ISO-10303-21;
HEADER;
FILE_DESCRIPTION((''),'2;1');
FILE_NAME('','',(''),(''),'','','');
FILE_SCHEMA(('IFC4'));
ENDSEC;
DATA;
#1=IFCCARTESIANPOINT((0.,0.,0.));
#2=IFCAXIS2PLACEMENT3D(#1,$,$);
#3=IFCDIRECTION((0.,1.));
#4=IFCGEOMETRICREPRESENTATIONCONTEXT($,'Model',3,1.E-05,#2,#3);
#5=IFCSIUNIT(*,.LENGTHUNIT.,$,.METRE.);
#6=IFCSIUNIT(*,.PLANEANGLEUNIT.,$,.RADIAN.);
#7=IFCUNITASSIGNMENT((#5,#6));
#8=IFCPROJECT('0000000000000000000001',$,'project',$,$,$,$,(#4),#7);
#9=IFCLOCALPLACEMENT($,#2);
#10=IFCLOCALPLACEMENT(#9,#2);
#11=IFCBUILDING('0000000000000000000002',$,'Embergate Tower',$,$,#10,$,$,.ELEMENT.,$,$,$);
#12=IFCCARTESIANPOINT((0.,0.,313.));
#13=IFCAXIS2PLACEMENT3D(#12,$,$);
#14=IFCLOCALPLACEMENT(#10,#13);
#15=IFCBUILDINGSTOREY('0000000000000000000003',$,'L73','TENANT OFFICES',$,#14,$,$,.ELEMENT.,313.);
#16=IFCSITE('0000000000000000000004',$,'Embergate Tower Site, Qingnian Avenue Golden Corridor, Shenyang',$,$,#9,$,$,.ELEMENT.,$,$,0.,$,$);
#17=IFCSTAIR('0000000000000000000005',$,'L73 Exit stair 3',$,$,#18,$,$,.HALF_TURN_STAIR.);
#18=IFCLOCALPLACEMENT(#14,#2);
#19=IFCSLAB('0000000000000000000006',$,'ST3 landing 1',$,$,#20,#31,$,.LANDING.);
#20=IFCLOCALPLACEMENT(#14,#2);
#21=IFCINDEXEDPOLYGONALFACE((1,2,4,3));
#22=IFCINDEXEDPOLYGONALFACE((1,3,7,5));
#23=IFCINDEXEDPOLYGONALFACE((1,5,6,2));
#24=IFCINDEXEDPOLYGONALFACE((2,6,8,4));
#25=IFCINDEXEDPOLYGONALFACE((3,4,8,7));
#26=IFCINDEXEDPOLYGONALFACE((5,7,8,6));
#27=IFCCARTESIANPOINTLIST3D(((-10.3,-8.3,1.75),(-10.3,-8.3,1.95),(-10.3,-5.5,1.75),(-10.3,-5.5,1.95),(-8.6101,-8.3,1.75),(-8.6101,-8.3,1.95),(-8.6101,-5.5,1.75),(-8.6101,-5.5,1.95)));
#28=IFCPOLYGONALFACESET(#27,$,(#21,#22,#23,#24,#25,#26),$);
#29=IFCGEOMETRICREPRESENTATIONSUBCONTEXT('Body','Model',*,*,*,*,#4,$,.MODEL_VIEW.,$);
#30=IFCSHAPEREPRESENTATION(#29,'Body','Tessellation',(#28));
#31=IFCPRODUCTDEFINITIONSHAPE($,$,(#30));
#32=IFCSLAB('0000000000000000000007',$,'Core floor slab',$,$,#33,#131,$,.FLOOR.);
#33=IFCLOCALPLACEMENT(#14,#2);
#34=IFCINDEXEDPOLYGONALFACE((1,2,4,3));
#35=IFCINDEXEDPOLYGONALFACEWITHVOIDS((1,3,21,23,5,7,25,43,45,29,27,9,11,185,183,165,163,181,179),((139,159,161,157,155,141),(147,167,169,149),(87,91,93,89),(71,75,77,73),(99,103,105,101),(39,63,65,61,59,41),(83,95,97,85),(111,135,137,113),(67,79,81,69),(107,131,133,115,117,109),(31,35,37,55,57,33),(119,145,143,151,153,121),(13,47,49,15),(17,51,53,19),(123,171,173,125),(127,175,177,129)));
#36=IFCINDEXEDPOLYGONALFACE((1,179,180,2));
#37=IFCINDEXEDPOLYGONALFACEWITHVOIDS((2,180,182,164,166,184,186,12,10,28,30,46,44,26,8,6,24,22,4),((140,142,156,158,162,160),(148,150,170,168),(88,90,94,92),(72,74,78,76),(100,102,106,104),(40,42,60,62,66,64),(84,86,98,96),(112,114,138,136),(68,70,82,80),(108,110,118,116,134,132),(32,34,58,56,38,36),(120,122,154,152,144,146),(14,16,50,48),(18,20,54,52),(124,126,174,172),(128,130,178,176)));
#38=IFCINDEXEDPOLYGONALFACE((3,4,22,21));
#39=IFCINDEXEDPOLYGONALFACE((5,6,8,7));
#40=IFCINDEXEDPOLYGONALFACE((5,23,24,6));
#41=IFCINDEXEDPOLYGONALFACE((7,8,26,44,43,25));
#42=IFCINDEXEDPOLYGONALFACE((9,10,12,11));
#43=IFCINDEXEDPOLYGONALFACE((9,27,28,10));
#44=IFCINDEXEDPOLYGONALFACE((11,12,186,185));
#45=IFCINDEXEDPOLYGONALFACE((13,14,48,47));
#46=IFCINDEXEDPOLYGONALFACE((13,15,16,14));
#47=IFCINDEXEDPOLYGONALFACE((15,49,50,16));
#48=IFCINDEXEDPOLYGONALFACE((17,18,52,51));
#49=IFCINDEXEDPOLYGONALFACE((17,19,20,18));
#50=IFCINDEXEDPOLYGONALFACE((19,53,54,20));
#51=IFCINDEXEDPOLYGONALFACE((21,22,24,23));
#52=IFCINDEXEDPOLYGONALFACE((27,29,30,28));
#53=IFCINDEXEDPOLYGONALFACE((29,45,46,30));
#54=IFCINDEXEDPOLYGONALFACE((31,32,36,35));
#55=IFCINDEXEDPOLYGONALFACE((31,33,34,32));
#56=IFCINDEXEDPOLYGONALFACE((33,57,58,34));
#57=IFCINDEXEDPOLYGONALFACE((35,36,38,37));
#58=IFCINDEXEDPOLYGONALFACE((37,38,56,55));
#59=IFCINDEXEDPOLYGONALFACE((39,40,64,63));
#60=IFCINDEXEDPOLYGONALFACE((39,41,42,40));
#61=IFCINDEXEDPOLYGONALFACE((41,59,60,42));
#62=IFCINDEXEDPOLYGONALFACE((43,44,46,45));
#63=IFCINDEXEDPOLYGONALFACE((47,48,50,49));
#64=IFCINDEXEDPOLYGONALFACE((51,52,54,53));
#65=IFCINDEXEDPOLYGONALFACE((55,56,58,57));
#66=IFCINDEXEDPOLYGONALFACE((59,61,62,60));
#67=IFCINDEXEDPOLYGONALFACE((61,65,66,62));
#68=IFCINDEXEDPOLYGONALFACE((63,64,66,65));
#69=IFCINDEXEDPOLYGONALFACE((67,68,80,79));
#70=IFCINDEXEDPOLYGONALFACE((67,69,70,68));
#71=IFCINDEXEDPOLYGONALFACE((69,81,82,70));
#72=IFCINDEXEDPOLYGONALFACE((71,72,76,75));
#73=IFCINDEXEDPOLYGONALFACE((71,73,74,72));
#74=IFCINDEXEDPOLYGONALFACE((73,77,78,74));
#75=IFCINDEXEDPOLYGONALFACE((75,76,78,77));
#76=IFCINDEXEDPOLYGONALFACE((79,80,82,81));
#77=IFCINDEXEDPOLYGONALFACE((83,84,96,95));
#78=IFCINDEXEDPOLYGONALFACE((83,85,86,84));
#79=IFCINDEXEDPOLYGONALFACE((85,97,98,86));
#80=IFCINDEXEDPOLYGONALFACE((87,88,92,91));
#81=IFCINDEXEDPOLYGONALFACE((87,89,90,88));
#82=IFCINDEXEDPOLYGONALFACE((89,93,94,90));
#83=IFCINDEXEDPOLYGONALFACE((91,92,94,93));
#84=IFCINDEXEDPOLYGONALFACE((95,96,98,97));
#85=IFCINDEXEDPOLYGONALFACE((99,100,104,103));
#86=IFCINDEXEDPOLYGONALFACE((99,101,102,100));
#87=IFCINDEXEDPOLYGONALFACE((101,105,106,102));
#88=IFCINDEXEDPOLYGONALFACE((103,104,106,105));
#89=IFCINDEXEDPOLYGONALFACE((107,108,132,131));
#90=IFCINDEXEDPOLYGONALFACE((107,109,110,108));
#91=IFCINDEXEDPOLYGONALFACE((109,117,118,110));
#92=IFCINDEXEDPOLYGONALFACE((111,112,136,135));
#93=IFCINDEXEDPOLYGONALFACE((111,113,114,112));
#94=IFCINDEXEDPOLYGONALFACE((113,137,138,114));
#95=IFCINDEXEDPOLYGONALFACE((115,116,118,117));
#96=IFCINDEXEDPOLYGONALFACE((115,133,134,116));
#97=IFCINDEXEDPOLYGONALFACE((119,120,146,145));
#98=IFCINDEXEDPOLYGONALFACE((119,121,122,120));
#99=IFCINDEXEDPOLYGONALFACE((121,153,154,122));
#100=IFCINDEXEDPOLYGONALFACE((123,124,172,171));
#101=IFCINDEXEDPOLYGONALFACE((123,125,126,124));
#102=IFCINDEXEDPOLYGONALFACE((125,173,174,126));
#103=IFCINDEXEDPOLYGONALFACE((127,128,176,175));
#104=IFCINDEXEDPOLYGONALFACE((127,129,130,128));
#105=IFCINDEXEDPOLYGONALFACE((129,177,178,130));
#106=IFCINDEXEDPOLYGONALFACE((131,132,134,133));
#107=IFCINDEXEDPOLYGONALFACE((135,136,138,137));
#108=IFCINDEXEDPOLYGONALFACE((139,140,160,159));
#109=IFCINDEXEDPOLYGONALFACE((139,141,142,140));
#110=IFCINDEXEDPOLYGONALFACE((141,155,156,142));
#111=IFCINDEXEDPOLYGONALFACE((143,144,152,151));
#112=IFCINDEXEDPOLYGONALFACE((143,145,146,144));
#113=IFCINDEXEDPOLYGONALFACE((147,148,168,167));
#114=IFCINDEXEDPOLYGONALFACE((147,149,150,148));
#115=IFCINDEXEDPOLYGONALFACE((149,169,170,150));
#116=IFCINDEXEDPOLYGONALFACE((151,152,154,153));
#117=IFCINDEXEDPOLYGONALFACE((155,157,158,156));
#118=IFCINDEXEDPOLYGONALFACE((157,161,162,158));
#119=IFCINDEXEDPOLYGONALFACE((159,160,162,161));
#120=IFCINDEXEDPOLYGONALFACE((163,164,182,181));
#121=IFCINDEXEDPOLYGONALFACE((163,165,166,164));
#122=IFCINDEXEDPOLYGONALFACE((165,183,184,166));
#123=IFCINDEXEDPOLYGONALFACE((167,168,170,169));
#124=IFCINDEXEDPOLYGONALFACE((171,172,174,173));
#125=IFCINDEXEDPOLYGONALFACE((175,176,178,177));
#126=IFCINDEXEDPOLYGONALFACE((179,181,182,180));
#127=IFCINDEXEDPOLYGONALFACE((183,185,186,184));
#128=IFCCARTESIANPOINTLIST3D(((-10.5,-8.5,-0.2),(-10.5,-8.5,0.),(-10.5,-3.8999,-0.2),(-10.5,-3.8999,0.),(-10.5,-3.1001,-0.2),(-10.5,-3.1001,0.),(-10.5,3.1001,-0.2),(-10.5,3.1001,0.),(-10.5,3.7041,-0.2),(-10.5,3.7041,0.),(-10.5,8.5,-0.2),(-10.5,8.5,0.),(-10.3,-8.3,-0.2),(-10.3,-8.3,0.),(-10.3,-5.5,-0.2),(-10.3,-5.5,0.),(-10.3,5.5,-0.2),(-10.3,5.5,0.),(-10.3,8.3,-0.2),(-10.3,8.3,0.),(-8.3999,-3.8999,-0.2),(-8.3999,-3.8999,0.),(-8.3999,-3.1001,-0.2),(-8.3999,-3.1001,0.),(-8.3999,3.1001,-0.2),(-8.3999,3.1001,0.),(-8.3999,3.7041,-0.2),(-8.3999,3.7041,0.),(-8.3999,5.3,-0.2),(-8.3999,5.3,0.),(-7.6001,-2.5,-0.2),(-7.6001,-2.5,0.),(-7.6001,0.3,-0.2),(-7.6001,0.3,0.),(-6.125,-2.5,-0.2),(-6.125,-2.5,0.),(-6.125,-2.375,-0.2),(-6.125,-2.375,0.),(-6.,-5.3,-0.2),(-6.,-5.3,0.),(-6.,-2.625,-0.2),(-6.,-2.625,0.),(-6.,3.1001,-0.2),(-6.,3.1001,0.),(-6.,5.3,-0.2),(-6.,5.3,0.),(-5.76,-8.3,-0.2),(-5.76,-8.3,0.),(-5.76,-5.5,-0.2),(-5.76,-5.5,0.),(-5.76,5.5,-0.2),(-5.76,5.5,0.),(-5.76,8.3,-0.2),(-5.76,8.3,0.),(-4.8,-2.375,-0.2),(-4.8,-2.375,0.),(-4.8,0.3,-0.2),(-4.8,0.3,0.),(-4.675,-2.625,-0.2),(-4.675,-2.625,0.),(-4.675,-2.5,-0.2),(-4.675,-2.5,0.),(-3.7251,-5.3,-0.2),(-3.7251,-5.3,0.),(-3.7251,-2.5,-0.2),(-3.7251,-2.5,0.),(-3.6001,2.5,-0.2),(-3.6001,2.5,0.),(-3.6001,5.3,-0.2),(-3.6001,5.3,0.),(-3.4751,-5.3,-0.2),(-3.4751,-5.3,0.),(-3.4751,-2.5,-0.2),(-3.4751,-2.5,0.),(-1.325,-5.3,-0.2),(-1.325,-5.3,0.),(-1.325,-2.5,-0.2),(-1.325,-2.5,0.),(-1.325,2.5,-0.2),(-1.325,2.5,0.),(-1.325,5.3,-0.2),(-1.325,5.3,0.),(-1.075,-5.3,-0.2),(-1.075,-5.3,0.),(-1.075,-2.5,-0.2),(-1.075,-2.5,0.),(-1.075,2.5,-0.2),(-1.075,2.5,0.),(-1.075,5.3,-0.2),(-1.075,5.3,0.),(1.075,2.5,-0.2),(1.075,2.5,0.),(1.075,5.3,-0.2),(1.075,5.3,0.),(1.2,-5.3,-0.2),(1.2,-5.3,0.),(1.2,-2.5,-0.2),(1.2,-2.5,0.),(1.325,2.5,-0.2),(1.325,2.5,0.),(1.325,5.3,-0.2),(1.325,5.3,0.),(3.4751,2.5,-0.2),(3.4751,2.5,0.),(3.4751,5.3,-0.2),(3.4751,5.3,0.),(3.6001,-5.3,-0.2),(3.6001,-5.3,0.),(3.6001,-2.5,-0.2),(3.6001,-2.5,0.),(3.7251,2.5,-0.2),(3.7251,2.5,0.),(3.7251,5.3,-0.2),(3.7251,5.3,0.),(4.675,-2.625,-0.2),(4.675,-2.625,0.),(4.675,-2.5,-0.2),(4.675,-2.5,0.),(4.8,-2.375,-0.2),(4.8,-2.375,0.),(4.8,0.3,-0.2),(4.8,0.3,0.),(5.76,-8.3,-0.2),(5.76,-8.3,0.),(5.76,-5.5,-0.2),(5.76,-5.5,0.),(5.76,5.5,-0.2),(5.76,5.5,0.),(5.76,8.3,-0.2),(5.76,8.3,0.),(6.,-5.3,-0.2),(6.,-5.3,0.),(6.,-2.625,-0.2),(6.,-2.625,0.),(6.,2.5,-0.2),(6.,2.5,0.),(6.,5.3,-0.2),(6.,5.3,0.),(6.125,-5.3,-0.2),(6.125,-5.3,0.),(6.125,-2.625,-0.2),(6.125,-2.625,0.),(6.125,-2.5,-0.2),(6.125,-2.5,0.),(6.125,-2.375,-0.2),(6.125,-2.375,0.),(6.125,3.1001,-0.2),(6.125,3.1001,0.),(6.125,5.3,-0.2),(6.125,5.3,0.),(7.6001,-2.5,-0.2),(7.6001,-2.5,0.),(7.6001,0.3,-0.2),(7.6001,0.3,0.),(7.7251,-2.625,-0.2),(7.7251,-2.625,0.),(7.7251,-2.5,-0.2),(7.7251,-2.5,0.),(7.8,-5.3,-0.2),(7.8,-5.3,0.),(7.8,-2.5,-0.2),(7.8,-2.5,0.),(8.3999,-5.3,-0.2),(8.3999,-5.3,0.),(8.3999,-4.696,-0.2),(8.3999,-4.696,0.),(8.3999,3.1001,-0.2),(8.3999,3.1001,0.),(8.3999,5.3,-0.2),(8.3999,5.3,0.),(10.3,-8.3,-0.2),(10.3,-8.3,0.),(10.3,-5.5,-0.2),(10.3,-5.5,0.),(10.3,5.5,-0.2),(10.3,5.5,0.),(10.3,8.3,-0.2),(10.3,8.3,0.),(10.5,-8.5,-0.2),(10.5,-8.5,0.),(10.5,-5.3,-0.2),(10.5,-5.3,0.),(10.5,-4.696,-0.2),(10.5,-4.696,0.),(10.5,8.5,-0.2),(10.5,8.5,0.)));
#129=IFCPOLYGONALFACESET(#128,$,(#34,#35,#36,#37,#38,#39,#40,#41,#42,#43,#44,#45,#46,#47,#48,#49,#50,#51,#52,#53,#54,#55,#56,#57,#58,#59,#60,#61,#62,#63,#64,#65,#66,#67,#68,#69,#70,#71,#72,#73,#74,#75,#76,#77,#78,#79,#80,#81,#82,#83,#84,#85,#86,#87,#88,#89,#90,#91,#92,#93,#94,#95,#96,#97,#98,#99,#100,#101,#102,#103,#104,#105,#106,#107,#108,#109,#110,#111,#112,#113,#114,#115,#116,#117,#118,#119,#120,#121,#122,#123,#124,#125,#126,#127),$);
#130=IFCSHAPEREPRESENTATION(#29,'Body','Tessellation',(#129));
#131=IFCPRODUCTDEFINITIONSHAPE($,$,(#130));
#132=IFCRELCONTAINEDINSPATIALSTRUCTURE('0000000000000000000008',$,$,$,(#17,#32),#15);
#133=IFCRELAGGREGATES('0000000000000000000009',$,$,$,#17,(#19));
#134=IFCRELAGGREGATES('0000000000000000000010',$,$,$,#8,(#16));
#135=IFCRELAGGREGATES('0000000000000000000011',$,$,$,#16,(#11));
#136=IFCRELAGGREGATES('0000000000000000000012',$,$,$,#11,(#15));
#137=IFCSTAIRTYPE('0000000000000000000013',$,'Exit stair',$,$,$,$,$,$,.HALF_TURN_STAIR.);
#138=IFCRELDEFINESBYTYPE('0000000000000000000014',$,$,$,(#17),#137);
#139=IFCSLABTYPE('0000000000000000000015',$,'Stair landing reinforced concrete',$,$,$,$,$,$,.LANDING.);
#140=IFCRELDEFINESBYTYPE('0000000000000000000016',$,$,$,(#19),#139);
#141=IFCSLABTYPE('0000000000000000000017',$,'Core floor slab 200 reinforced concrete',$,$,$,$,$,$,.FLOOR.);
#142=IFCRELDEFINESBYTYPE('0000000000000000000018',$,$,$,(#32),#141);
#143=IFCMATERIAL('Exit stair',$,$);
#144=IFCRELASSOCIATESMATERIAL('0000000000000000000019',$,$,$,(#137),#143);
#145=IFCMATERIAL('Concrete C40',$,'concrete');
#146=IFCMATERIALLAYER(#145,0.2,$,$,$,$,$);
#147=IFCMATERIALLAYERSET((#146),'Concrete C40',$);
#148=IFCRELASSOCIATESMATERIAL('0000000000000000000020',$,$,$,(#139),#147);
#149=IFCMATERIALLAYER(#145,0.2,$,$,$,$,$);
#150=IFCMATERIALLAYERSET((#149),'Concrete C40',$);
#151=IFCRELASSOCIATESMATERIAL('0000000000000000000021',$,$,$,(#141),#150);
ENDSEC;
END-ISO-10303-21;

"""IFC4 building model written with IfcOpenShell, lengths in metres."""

from ifc_helpers import new_model, si_unit, direction, frame, origin, place, context, subcontext, project, spatial, polyline, outline, extrude, source, transform, mapped, material, layer, layer_set, type_object, element, aggregate, save


model = new_model("IFC4")

# Units and contexts
model_context = context("Model", 3, precision=1e-05, world=origin(), true_north=direction((0.0, 1.0)))
body_context = subcontext(model_context, "Body", "Model", "MODEL_VIEW")
ifc_project = project(units=[si_unit("LENGTHUNIT", "METRE"), si_unit("PLANEANGLEUNIT", "RADIAN")], contexts=[model_context])

# Site, building, storey
site_placement = place(None, origin())
site = spatial("IfcSite", under=ifc_project, at=site_placement, Name="Embergate Tower Site, Qingnian Avenue Golden Corridor, Shenyang", CompositionType="ELEMENT", RefElevation=0.0)
building_placement = place(site_placement, origin())
building = spatial("IfcBuilding", under=site, at=building_placement, Name="Embergate Tower", CompositionType="ELEMENT")
storey_placement = place(building_placement, frame((0.0, 0.0, 313.0)))
storey = spatial("IfcBuildingStorey", under=building, at=storey_placement, Name="L73", Description="TENANT OFFICES", CompositionType="ELEMENT", Elevation=313.0)

# Stair, slab
ifc_material_1 = material(Name="Exit stair")
stair_type = type_object("IfcStairType", Name="Exit stair", PredefinedType="HALF_TURN_STAIR", material=ifc_material_1)
stair_placement = place(storey_placement, origin())
stair = element("IfcStair", 1, at=stair_placement, inside=storey, type_object=stair_type, Name="L73 Exit stair 3", PredefinedType="HALF_TURN_STAIR")
ifc_material_2 = material(Name="Concrete C40", Category="concrete")
ifc_layer_1 = layer(ifc_material_2, 0.2)
ifc_layer_set_1 = layer_set([ifc_layer_1], Name="Concrete C40")
slab_type_1 = type_object("IfcSlabType", Name="Stair landing reinforced concrete", PredefinedType="LANDING", material=ifc_layer_set_1)
shared_shape_1 = source(origin(), body_context, "Body", "SweptSolid", [
    extrude(outline(polyline([(0.0, 0.0), (1.6899, 0.0), (1.6899, 2.8), (0.0, 2.8), (0.0, 0.0)])), origin(), (0.0, 0.0, 1.0), 0.2),
])
slab_1_placement = place(storey_placement, frame((-10.3, -8.3, 1.75)))
slab_1 = element("IfcSlab", 2, at=slab_1_placement, type_object=slab_type_1, Name="ST3 landing 1", PredefinedType="LANDING", context=body_context, shape_type="MappedRepresentation", body=[
    mapped(shared_shape_1, transform((0.0, 0.0, 0.0))),
])

# Slab
ifc_layer_2 = layer(ifc_material_2, 0.2)
ifc_layer_set_2 = layer_set([ifc_layer_2], Name="Concrete C40")
slab_type_2 = type_object("IfcSlabType", Name="Core floor slab 200 reinforced concrete", PredefinedType="FLOOR", material=ifc_layer_set_2)
shared_shape_2 = source(origin(), body_context, "Body", "SweptSolid", [
    extrude(outline(polyline([(0.0, 0.0), (21.0, 0.0), (21.0, 3.2), (18.8999, 3.2), (18.8999, 3.804), (21.0, 3.804), (21.0, 17.0), (0.0, 17.0), (0.0, 12.2041), (2.1001, 12.2041), (2.1001, 13.8), (4.5, 13.8), (4.5, 11.6001), (2.1001, 11.6001), (0.0, 11.6001), (0.0, 5.3999), (2.1001, 5.3999), (2.1001, 4.6001), (0.0, 4.6001), (0.0, 0.0)]), holes=[polyline([(0.2, 0.2), (0.2, 3.0), (4.74, 3.0), (4.74, 0.2), (0.2, 0.2)]), polyline([(16.26, 0.2), (16.26, 3.0), (20.8, 3.0), (20.8, 0.2), (16.26, 0.2)]), polyline([(4.5, 3.2), (4.5, 5.875), (5.825, 5.875), (5.825, 6.0), (6.7749, 6.0), (6.7749, 3.2), (4.5, 3.2)]), polyline([(7.0249, 3.2), (7.0249, 6.0), (9.175, 6.0), (9.175, 3.2), (7.0249, 3.2)]), polyline([(9.425, 3.2), (9.425, 6.0), (11.7, 6.0), (11.7, 3.2), (9.425, 3.2)]), polyline([(14.1001, 3.2), (14.1001, 6.0), (15.175, 6.0), (15.175, 5.875), (16.5, 5.875), (16.5, 3.2), (14.1001, 3.2)]), polyline([(16.625, 3.2), (16.625, 5.875), (18.2251, 5.875), (18.2251, 6.0), (18.3, 6.0), (18.3, 3.2), (16.625, 3.2)]), polyline([(2.8999, 6.0), (2.8999, 8.8), (5.7, 8.8), (5.7, 6.125), (4.375, 6.125), (4.375, 6.0), (2.8999, 6.0)]), polyline([(16.625, 6.0), (16.625, 6.125), (15.3, 6.125), (15.3, 8.8), (18.1001, 8.8), (18.1001, 6.0), (16.625, 6.0)]), polyline([(6.8999, 11.0), (6.8999, 13.8), (9.175, 13.8), (9.175, 11.0), (6.8999, 11.0)]), polyline([(9.425, 11.0), (9.425, 13.8), (11.575, 13.8), (11.575, 11.0), (9.425, 11.0)]), polyline([(11.825, 11.0), (11.825, 13.8), (13.9751, 13.8), (13.9751, 11.0), (11.825, 11.0)]), polyline([(14.2251, 11.0), (14.2251, 13.8), (16.5, 13.8), (16.5, 11.0), (14.2251, 11.0)]), polyline([(16.625, 11.6001), (16.625, 13.8), (18.8999, 13.8), (18.8999, 11.6001), (16.625, 11.6001)]), polyline([(0.2, 14.0), (0.2, 16.8), (4.74, 16.8), (4.74, 14.0), (0.2, 14.0)]), polyline([(16.26, 14.0), (16.26, 16.8), (20.8, 16.8), (20.8, 14.0), (16.26, 14.0)])]), origin(), (0.0, 0.0, 1.0), 0.2),
])
slab_2_placement = place(storey_placement, frame((-10.5, -8.5, -0.2)))
element("IfcSlab", 3, at=slab_2_placement, inside=storey, type_object=slab_type_2, Name="Core floor slab", PredefinedType="FLOOR", context=body_context, shape_type="MappedRepresentation", body=[
    mapped(shared_shape_2, transform((0.0, 0.0, 0.0))),
])

aggregate(stair, [slab_1])

save(model, "model.ifc")
